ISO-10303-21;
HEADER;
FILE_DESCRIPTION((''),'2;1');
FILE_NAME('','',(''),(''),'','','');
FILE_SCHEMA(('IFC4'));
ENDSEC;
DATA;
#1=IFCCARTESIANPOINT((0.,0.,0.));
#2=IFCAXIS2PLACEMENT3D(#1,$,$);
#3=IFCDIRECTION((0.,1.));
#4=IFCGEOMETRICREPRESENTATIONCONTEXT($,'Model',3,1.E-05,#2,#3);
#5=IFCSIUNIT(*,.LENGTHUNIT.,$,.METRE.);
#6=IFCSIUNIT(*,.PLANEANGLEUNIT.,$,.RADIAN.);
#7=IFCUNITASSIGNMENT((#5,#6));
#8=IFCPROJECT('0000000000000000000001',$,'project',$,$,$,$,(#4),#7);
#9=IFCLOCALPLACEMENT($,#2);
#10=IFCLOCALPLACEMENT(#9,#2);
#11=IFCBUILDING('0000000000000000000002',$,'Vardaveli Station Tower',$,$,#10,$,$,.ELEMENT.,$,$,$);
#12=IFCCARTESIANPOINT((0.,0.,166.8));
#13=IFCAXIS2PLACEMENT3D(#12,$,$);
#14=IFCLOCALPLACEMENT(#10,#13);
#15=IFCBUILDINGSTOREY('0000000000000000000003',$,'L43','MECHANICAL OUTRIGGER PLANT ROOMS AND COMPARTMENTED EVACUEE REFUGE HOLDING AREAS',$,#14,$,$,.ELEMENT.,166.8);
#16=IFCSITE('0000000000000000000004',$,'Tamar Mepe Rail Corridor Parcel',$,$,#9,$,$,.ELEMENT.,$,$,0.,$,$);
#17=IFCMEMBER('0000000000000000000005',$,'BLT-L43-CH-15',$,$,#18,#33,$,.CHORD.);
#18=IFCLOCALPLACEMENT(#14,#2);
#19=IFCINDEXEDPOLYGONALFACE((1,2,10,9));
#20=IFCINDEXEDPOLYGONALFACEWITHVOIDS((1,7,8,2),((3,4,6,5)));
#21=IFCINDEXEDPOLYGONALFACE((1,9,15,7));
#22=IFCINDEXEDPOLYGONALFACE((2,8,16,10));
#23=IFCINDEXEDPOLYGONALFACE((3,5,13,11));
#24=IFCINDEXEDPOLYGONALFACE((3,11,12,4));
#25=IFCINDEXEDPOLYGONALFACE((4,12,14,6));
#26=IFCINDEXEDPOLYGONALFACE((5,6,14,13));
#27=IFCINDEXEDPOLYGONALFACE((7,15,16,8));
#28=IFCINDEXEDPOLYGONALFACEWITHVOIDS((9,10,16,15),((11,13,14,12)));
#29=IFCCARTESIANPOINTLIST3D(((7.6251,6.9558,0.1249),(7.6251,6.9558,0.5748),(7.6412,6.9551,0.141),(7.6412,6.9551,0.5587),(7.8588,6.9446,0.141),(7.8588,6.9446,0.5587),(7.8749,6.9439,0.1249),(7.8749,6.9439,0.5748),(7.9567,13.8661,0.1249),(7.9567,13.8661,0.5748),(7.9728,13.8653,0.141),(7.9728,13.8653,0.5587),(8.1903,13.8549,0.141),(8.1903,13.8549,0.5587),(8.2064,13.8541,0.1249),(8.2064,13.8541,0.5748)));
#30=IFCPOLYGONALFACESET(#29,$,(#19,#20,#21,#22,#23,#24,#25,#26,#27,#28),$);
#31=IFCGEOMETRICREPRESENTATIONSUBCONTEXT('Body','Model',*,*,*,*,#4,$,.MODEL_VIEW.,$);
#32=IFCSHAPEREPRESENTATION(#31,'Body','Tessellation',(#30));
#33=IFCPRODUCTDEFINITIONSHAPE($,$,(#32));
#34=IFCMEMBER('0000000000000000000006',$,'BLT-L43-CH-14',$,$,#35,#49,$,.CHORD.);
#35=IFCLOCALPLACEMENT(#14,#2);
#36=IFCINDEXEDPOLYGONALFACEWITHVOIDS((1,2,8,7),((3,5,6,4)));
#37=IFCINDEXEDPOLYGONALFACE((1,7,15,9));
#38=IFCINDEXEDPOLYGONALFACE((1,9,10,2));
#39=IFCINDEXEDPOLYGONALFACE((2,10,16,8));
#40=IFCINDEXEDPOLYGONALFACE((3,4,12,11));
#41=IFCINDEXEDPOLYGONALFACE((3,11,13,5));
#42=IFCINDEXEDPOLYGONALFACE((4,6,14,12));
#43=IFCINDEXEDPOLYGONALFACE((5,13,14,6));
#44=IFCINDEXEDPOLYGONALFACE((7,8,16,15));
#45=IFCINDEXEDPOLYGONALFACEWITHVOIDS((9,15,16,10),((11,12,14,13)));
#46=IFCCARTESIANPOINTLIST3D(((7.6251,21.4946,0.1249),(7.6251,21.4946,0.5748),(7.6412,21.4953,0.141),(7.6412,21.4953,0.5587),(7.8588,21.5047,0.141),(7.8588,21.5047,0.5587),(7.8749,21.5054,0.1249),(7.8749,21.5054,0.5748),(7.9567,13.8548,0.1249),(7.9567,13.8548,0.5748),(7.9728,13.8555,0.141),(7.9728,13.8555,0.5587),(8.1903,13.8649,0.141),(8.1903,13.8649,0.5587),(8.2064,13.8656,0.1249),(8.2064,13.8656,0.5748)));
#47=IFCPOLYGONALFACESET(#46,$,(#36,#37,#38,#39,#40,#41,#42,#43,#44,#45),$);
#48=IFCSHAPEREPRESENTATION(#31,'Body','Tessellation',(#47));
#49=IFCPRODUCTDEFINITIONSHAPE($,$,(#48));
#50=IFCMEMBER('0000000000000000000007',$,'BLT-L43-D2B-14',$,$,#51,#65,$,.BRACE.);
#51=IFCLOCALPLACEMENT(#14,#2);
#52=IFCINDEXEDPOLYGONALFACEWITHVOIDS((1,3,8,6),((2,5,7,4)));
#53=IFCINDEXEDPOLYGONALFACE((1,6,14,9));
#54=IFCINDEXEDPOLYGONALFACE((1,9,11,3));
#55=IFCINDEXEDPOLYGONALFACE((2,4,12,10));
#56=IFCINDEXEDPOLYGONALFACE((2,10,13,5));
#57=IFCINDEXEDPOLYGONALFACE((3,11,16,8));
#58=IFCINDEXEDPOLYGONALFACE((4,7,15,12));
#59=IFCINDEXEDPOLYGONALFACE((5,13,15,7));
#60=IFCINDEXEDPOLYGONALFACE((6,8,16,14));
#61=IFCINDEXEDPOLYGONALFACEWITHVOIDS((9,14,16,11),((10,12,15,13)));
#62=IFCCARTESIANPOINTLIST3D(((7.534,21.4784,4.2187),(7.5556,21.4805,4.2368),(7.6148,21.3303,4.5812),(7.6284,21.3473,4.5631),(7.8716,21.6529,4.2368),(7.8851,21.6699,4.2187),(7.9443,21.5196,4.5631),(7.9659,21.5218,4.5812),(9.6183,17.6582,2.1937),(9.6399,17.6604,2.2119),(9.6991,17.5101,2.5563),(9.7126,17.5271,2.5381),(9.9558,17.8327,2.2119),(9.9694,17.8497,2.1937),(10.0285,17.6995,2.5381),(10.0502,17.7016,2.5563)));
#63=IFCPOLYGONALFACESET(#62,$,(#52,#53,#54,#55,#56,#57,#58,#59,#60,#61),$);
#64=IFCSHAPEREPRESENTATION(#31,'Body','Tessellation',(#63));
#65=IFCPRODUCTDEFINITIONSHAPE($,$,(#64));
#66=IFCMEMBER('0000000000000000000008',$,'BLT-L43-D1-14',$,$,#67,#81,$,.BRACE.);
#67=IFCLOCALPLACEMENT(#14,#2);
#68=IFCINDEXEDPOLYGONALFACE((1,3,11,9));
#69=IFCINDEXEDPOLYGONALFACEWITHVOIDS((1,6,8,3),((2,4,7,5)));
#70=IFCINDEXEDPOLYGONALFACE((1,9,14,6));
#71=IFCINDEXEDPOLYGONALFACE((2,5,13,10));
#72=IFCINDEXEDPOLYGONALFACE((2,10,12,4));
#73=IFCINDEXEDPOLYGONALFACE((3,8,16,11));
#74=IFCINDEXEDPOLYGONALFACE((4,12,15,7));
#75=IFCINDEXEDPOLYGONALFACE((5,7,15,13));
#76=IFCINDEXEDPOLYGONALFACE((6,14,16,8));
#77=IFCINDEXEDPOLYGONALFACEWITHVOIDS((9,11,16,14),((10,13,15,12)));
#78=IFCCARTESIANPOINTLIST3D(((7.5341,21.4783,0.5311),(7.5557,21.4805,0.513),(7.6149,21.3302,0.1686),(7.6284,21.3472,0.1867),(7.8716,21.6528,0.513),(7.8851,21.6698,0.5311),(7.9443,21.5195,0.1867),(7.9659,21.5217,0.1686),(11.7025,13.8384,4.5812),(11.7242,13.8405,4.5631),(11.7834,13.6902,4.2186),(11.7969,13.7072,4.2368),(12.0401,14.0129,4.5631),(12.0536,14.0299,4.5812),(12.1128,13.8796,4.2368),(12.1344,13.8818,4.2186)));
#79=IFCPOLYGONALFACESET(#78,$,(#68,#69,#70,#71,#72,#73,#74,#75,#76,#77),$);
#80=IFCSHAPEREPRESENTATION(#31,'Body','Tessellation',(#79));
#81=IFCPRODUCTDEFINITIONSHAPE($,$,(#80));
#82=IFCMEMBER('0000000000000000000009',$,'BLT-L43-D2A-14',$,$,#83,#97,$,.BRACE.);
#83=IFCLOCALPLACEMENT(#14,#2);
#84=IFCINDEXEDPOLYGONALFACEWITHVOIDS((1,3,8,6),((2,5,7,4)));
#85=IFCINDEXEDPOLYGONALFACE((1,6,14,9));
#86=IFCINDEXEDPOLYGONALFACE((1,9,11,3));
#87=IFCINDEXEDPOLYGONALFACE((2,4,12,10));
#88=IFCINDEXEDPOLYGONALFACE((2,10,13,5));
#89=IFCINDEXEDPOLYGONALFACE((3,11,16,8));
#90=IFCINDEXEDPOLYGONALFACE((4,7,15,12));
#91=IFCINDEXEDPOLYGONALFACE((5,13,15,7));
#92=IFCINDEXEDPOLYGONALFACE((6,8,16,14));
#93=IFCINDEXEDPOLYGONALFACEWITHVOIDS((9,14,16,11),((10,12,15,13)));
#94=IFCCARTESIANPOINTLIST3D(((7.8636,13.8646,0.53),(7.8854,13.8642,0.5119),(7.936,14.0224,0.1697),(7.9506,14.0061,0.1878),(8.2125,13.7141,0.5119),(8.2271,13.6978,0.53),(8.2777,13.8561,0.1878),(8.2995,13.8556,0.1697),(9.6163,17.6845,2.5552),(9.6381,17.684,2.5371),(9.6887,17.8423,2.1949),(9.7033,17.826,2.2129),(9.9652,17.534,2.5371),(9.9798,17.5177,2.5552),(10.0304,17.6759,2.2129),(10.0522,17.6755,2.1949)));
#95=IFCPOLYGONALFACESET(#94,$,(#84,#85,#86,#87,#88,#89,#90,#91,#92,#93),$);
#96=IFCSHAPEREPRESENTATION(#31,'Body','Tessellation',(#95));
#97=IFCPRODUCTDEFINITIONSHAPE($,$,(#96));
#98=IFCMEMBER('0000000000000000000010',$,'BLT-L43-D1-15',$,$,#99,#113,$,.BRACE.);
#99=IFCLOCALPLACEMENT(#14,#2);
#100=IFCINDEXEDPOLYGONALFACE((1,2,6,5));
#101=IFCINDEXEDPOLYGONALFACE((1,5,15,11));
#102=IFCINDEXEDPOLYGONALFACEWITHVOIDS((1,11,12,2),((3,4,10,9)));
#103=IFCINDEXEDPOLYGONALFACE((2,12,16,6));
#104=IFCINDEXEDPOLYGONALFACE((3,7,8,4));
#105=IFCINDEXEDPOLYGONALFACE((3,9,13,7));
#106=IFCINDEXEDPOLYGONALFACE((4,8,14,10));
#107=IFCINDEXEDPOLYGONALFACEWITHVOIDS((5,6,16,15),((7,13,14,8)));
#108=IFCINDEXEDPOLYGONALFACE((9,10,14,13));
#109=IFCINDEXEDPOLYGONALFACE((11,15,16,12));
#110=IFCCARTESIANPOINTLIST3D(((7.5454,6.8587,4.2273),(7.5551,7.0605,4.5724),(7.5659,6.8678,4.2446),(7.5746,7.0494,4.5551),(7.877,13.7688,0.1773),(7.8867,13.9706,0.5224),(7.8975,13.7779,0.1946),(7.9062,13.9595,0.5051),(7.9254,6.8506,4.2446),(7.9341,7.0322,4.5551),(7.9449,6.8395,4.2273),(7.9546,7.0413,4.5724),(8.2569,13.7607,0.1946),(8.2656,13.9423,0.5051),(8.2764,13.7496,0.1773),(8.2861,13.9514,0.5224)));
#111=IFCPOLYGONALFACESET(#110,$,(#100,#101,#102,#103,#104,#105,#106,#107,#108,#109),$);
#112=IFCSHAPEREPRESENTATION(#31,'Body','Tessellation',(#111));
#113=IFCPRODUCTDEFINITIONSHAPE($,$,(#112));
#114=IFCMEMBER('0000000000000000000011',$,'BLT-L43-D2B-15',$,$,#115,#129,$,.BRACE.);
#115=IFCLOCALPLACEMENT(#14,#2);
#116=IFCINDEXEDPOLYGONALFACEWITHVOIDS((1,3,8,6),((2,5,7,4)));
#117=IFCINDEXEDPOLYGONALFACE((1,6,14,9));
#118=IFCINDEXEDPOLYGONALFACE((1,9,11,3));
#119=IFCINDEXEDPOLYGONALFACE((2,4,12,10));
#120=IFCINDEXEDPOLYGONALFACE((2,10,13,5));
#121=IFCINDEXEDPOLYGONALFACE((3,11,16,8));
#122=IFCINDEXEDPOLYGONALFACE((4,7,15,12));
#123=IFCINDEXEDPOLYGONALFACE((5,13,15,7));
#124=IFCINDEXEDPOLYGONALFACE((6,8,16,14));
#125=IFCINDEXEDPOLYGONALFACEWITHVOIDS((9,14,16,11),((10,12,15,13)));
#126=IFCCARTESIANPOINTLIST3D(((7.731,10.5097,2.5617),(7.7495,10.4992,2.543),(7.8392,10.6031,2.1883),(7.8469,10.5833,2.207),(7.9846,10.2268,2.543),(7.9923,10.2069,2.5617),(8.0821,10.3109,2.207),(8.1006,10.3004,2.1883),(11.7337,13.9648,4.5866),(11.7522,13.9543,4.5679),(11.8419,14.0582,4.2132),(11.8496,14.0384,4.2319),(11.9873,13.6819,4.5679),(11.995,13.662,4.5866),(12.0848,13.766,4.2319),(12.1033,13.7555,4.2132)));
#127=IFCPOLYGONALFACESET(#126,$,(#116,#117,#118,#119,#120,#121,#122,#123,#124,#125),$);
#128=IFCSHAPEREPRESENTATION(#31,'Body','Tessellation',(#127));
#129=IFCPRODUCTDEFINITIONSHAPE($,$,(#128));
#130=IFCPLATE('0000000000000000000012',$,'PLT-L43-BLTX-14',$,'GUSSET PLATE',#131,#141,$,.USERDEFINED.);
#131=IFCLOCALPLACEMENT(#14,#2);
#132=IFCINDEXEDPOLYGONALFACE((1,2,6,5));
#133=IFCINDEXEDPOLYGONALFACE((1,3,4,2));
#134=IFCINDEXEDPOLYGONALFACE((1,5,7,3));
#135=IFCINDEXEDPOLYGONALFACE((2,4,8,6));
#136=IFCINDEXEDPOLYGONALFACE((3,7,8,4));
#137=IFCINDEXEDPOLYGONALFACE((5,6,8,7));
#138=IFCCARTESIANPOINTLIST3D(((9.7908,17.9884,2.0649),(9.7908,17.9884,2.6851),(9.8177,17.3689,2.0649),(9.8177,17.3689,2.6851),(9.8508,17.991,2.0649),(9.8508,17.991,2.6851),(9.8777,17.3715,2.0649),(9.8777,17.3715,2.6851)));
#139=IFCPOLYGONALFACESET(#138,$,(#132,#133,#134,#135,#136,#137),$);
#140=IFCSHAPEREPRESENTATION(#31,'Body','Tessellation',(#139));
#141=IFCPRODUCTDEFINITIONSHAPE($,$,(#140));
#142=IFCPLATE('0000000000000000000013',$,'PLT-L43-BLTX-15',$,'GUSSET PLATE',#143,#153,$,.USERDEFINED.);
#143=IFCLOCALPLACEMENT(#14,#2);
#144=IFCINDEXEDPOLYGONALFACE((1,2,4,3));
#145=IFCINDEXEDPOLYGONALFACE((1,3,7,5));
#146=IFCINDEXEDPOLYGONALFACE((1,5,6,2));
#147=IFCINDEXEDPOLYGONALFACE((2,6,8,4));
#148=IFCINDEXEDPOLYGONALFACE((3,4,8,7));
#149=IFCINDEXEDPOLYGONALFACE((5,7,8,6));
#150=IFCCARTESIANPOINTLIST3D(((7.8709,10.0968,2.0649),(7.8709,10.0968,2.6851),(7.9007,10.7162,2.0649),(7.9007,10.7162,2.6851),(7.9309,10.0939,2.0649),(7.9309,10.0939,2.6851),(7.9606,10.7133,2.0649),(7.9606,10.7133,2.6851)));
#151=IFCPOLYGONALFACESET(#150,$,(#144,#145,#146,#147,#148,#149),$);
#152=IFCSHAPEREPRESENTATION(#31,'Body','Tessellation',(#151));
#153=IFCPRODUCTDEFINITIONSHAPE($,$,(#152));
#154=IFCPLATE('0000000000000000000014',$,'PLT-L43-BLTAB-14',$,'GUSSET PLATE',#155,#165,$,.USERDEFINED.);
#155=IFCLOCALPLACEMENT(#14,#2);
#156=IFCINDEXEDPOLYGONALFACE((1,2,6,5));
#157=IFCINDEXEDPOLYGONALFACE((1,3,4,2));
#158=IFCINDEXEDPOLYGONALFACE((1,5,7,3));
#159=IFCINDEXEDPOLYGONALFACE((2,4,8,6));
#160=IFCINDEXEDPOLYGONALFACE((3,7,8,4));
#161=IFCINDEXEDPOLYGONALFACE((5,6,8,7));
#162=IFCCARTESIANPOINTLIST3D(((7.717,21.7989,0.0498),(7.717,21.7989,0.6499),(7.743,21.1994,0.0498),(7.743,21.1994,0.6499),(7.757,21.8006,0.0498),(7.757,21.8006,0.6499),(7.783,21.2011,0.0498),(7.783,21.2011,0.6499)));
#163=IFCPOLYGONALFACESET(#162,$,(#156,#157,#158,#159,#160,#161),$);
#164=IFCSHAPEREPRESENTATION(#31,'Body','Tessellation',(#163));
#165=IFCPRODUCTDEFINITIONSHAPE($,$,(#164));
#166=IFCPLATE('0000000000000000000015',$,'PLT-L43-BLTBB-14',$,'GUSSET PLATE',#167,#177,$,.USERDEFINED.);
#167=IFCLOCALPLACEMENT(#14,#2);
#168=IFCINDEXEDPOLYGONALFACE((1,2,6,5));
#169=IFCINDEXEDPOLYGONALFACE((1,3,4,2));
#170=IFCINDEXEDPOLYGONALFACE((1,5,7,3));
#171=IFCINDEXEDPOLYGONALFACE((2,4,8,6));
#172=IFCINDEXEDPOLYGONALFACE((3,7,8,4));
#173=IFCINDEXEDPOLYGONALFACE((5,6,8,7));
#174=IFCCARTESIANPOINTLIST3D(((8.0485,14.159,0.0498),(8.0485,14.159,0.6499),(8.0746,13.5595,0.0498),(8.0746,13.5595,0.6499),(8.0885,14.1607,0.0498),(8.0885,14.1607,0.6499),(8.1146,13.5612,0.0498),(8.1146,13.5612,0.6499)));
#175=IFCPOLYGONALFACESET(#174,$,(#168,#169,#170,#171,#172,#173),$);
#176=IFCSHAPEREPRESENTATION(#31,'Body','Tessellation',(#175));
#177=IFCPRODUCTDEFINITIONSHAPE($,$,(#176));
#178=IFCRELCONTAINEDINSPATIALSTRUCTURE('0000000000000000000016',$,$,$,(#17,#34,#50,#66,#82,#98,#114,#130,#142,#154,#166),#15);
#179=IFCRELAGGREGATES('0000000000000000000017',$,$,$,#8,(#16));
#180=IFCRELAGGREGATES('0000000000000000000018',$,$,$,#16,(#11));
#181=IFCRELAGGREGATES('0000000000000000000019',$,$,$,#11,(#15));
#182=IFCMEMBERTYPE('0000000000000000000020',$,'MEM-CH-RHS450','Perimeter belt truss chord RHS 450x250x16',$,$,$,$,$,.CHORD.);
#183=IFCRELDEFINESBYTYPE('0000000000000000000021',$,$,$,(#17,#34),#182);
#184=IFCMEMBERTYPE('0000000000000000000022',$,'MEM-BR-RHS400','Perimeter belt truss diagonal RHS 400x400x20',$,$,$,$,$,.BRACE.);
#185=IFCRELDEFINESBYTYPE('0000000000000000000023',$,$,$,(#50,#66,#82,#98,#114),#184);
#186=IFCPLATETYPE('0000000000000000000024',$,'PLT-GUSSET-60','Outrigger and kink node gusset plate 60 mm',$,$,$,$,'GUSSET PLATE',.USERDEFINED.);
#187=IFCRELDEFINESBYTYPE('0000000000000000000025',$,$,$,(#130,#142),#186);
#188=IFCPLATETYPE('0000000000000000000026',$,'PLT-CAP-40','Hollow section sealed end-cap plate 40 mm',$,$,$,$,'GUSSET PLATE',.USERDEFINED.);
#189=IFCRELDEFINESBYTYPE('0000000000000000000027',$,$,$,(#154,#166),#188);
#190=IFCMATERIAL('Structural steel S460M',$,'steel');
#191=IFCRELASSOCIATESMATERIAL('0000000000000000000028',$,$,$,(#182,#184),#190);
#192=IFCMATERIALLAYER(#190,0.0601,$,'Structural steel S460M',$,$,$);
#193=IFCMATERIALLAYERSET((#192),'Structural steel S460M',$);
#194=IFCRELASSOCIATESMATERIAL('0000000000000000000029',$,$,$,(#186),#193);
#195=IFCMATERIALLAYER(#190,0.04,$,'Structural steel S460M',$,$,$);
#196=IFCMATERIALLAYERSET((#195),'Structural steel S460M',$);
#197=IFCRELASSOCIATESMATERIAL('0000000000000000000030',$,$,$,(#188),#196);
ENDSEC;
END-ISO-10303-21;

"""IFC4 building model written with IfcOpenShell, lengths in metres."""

from ifc_helpers import new_model, si_unit, direction, frame, origin, origin_2d, place, context, subcontext, project, spatial, rectangle, hollow_rectangle, extrude, source, transform, mapped, material, layer, layer_set, material_profile, profile_set, type_object, element, save


model = new_model("IFC4")

# Units and contexts
model_context = context("Model", 3, precision=1e-05, world=origin(), true_north=direction((0.0, 1.0)))
body_context = subcontext(model_context, "Body", "Model", "MODEL_VIEW")
ifc_project = project(units=[si_unit("LENGTHUNIT", "METRE"), si_unit("PLANEANGLEUNIT", "RADIAN")], contexts=[model_context])

# Site, building, storey
site_placement = place(None, origin())
site = spatial("IfcSite", under=ifc_project, at=site_placement, Name="Tamar Mepe Rail Corridor Parcel", CompositionType="ELEMENT", RefElevation=0.0)
building_placement = place(site_placement, origin())
building = spatial("IfcBuilding", under=site, at=building_placement, Name="Vardaveli Station Tower", CompositionType="ELEMENT")
storey_placement = place(building_placement, frame((0.0, 0.0, 166.8)))
storey = spatial("IfcBuildingStorey", under=building, at=storey_placement, Name="L43", Description="MECHANICAL OUTRIGGER PLANT ROOMS AND COMPARTMENTED EVACUEE REFUGE HOLDING AREAS", CompositionType="ELEMENT", Elevation=166.8)

# Shared definitions
ifc_material_1 = material(Name="Structural steel S460M", Category="steel")

# Members
ifc_material_profile_1 = material_profile(ifc_material_1, hollow_rectangle(XDim=0.25, YDim=0.45, WallThickness=0.0161, at=origin_2d()), Name="RHS 450x250x16")
ifc_profile_set_1 = profile_set([ifc_material_profile_1], Name="Structural steel S460M")
member_type_1 = type_object("IfcMemberType", Name="MEM-CH-RHS450", Description="Perimeter belt truss chord RHS 450x250x16", PredefinedType="CHORD", material=ifc_profile_set_1)
shared_shape_1 = source(origin(), body_context, "Body", "SweptSolid", [
    extrude(hollow_rectangle(XDim=0.25, YDim=0.45, WallThickness=0.0161, at=origin_2d()), origin(), (0.0, 0.0, 1.0), 6.9182),
])
member_1_placement = place(storey_placement, frame((8.0815, 13.8601, 0.3499), z_axis=(-0.047924, -0.998851, 0.0), x_axis=(0.998851, -0.047924, 0.0)))
element("IfcMember", 1, at=member_1_placement, inside=storey, type_object=member_type_1, Name="BLT-L43-CH-15", PredefinedType="CHORD", context=body_context, shape_type="MappedRepresentation", body=[
    mapped(shared_shape_1, transform((0.0, 0.0, 0.0), scale=1.0)),
])
shared_shape_2 = source(origin(), body_context, "Body", "SweptSolid", [
    extrude(hollow_rectangle(XDim=0.25, YDim=0.45, WallThickness=0.0161, at=origin_2d()), origin(), (0.0, 0.0, 1.0), 7.647),
])
member_2_placement = place(storey_placement, frame((7.75, 21.5, 0.3499), z_axis=(0.043355, -0.99906, 0.0), x_axis=(0.99906, 0.043355, 0.0)))
element("IfcMember", 2, at=member_2_placement, inside=storey, type_object=member_type_1, Name="BLT-L43-CH-14", PredefinedType="CHORD", context=body_context, shape_type="MappedRepresentation", body=[
    mapped(shared_shape_2, transform((0.0, 0.0, 0.0), scale=1.0)),
])
ifc_material_profile_2 = material_profile(ifc_material_1, hollow_rectangle(XDim=0.3999, YDim=0.3999, WallThickness=0.02, at=origin_2d()), Name="RHS 400x400x20")
ifc_profile_set_2 = profile_set([ifc_material_profile_2], Name="Structural steel S460M")
member_type_2 = type_object("IfcMemberType", Name="MEM-BR-RHS400", Description="Perimeter belt truss diagonal RHS 400x400x20", PredefinedType="BRACE", material=ifc_profile_set_2)
shared_shape_3 = source(origin(), body_context, "Body", "SweptSolid", [
    extrude(hollow_rectangle(XDim=0.3999, YDim=0.3999, WallThickness=0.02, at=origin_2d()), origin(), (0.0, 0.0, 1.0), 4.7998),
])
member_3_placement = place(storey_placement, frame((9.8342, 17.6799, 2.375), z_axis=(-0.434241, 0.795897, 0.421881), x_axis=(-0.877842, -0.47895, 0.0)))
element("IfcMember", 3, at=member_3_placement, inside=storey, type_object=member_type_2, Name="BLT-L43-D2B-14", PredefinedType="BRACE", context=body_context, shape_type="MappedRepresentation", body=[
    mapped(shared_shape_3, transform((0.0, 0.0, 0.0), scale=1.0)),
])
shared_shape_4 = source(origin(), body_context, "Body", "SweptSolid", [
    extrude(hollow_rectangle(XDim=0.3999, YDim=0.3999, WallThickness=0.02, at=origin_2d()), origin(), (0.0, 0.0, 1.0), 9.5994),
])
member_4_placement = place(storey_placement, frame((7.75, 21.5, 0.3499), z_axis=(0.434245, -0.795879, 0.42191), x_axis=(0.877836, 0.478962, 0.0)))
element("IfcMember", 4, at=member_4_placement, inside=storey, type_object=member_type_2, Name="BLT-L43-D1-14", PredefinedType="BRACE", context=body_context, shape_type="MappedRepresentation", body=[
    mapped(shared_shape_4, transform((0.0, 0.0, 0.0), scale=1.0)),
])
shared_shape_5 = source(origin(), body_context, "Body", "SweptSolid", [
    extrude(hollow_rectangle(XDim=0.3999, YDim=0.3999, WallThickness=0.02, at=origin_2d()), origin(), (0.0, 0.0, 1.0), 4.6653),
])
member_5_placement = place(storey_placement, frame((8.0815, 13.8601, 0.3499), z_axis=(0.375693, 0.818789, 0.434095), x_axis=(-0.908891, 0.417035, 0.0)))
element("IfcMember", 5, at=member_5_placement, inside=storey, type_object=member_type_2, Name="BLT-L43-D2A-14", PredefinedType="BRACE", context=body_context, shape_type="MappedRepresentation", body=[
    mapped(shared_shape_5, transform((0.0, 0.0, 0.0), scale=1.0)),
])
shared_shape_6 = source(origin(), body_context, "Body", "SweptSolid", [
    extrude(hollow_rectangle(XDim=0.3999, YDim=0.3999, WallThickness=0.02, at=origin_2d()), origin(), (0.0, 0.0, 1.0), 8.0164),
])
member_6_placement = place(storey_placement, frame((8.0815, 13.8601, 0.3499), z_axis=(-0.041358, -0.862, 0.505219), x_axis=(0.998851, -0.047924, 0.0)))
element("IfcMember", 6, at=member_6_placement, inside=storey, type_object=member_type_2, Name="BLT-L43-D1-15", PredefinedType="BRACE", context=body_context, shape_type="MappedRepresentation", body=[
    mapped(shared_shape_6, transform((0.0, 0.0, 0.0), scale=1.0)),
])
shared_shape_7 = source(origin(), body_context, "Body", "SweptSolid", [
    extrude(hollow_rectangle(XDim=0.3999, YDim=0.3999, WallThickness=0.02, at=origin_2d()), origin(), (0.0, 0.0, 1.0), 5.6621),
])
member_7_placement = place(storey_placement, frame((7.9158, 10.405, 2.375), z_axis=(0.706927, 0.610212, 0.357624), x_axis=(-0.653426, 0.75699, 0.0)))
element("IfcMember", 7, at=member_7_placement, inside=storey, type_object=member_type_2, Name="BLT-L43-D2B-15", PredefinedType="BRACE", context=body_context, shape_type="MappedRepresentation", body=[
    mapped(shared_shape_7, transform((0.0, 0.0, 0.0), scale=1.0)),
])

# Plates
ifc_layer_1 = layer(ifc_material_1, 0.0601, Name="Structural steel S460M")
ifc_layer_set_1 = layer_set([ifc_layer_1], Name="Structural steel S460M")
plate_type_1 = type_object("IfcPlateType", Name="PLT-GUSSET-60", Description="Outrigger and kink node gusset plate 60 mm", ElementType="GUSSET PLATE", PredefinedType="USERDEFINED", material=ifc_layer_set_1)
shared_shape_8 = source(origin(), body_context, "Body", "SweptSolid", [
    extrude(rectangle(XDim=0.6201, YDim=0.0601, at=origin_2d()), origin(), (0.0, 0.0, 1.0), 0.6201),
])
for number, where, z_axis, x_axis, name in (
    (8, (9.8342, 17.6799, 2.0649), (0.0, 0.0, 1.0), (0.043445, -0.999056, 0.0), "PLT-L43-BLTX-14"),
    (9, (7.9158, 10.405, 2.0649), (0.0, 0.0, 1.0), (-0.047978, -0.998848, 0.0), "PLT-L43-BLTX-15"),
):
    element("IfcPlate", number, at=place(storey_placement, frame(where, z_axis=z_axis, x_axis=x_axis)), inside=storey, type_object=plate_type_1, Name=name, ObjectType="GUSSET PLATE", PredefinedType="USERDEFINED", context=body_context, shape_type="MappedRepresentation", body=[
        mapped(shared_shape_8, transform((0.0, 0.0, 0.0), scale=1.0)),
    ])
ifc_layer_2 = layer(ifc_material_1, 0.04, Name="Structural steel S460M")
ifc_layer_set_2 = layer_set([ifc_layer_2], Name="Structural steel S460M")
plate_type_2 = type_object("IfcPlateType", Name="PLT-CAP-40", Description="Hollow section sealed end-cap plate 40 mm", ElementType="GUSSET PLATE", PredefinedType="USERDEFINED", material=ifc_layer_set_2)
shared_shape_9 = source(origin(), body_context, "Body", "SweptSolid", [
    extrude(rectangle(XDim=0.6001, YDim=0.04, at=origin_2d()), origin(), (0.0, 0.0, 1.0), 0.6001),
])
for number, where, z_axis, x_axis, name in (
    (10, (7.75, 21.5, 0.0498), (0.0, 0.0, 1.0), (0.043445, -0.999056, 0.0), "PLT-L43-BLTAB-14"),
    (11, (8.0815, 13.8601, 0.0498), (0.0, 0.0, 1.0), (0.043445, -0.999056, 0.0), "PLT-L43-BLTBB-14"),
):
    element("IfcPlate", number, at=place(storey_placement, frame(where, z_axis=z_axis, x_axis=x_axis)), inside=storey, type_object=plate_type_2, Name=name, ObjectType="GUSSET PLATE", PredefinedType="USERDEFINED", context=body_context, shape_type="MappedRepresentation", body=[
        mapped(shared_shape_9, transform((0.0, 0.0, 0.0), scale=1.0)),
    ])

save(model, "model.ifc")
